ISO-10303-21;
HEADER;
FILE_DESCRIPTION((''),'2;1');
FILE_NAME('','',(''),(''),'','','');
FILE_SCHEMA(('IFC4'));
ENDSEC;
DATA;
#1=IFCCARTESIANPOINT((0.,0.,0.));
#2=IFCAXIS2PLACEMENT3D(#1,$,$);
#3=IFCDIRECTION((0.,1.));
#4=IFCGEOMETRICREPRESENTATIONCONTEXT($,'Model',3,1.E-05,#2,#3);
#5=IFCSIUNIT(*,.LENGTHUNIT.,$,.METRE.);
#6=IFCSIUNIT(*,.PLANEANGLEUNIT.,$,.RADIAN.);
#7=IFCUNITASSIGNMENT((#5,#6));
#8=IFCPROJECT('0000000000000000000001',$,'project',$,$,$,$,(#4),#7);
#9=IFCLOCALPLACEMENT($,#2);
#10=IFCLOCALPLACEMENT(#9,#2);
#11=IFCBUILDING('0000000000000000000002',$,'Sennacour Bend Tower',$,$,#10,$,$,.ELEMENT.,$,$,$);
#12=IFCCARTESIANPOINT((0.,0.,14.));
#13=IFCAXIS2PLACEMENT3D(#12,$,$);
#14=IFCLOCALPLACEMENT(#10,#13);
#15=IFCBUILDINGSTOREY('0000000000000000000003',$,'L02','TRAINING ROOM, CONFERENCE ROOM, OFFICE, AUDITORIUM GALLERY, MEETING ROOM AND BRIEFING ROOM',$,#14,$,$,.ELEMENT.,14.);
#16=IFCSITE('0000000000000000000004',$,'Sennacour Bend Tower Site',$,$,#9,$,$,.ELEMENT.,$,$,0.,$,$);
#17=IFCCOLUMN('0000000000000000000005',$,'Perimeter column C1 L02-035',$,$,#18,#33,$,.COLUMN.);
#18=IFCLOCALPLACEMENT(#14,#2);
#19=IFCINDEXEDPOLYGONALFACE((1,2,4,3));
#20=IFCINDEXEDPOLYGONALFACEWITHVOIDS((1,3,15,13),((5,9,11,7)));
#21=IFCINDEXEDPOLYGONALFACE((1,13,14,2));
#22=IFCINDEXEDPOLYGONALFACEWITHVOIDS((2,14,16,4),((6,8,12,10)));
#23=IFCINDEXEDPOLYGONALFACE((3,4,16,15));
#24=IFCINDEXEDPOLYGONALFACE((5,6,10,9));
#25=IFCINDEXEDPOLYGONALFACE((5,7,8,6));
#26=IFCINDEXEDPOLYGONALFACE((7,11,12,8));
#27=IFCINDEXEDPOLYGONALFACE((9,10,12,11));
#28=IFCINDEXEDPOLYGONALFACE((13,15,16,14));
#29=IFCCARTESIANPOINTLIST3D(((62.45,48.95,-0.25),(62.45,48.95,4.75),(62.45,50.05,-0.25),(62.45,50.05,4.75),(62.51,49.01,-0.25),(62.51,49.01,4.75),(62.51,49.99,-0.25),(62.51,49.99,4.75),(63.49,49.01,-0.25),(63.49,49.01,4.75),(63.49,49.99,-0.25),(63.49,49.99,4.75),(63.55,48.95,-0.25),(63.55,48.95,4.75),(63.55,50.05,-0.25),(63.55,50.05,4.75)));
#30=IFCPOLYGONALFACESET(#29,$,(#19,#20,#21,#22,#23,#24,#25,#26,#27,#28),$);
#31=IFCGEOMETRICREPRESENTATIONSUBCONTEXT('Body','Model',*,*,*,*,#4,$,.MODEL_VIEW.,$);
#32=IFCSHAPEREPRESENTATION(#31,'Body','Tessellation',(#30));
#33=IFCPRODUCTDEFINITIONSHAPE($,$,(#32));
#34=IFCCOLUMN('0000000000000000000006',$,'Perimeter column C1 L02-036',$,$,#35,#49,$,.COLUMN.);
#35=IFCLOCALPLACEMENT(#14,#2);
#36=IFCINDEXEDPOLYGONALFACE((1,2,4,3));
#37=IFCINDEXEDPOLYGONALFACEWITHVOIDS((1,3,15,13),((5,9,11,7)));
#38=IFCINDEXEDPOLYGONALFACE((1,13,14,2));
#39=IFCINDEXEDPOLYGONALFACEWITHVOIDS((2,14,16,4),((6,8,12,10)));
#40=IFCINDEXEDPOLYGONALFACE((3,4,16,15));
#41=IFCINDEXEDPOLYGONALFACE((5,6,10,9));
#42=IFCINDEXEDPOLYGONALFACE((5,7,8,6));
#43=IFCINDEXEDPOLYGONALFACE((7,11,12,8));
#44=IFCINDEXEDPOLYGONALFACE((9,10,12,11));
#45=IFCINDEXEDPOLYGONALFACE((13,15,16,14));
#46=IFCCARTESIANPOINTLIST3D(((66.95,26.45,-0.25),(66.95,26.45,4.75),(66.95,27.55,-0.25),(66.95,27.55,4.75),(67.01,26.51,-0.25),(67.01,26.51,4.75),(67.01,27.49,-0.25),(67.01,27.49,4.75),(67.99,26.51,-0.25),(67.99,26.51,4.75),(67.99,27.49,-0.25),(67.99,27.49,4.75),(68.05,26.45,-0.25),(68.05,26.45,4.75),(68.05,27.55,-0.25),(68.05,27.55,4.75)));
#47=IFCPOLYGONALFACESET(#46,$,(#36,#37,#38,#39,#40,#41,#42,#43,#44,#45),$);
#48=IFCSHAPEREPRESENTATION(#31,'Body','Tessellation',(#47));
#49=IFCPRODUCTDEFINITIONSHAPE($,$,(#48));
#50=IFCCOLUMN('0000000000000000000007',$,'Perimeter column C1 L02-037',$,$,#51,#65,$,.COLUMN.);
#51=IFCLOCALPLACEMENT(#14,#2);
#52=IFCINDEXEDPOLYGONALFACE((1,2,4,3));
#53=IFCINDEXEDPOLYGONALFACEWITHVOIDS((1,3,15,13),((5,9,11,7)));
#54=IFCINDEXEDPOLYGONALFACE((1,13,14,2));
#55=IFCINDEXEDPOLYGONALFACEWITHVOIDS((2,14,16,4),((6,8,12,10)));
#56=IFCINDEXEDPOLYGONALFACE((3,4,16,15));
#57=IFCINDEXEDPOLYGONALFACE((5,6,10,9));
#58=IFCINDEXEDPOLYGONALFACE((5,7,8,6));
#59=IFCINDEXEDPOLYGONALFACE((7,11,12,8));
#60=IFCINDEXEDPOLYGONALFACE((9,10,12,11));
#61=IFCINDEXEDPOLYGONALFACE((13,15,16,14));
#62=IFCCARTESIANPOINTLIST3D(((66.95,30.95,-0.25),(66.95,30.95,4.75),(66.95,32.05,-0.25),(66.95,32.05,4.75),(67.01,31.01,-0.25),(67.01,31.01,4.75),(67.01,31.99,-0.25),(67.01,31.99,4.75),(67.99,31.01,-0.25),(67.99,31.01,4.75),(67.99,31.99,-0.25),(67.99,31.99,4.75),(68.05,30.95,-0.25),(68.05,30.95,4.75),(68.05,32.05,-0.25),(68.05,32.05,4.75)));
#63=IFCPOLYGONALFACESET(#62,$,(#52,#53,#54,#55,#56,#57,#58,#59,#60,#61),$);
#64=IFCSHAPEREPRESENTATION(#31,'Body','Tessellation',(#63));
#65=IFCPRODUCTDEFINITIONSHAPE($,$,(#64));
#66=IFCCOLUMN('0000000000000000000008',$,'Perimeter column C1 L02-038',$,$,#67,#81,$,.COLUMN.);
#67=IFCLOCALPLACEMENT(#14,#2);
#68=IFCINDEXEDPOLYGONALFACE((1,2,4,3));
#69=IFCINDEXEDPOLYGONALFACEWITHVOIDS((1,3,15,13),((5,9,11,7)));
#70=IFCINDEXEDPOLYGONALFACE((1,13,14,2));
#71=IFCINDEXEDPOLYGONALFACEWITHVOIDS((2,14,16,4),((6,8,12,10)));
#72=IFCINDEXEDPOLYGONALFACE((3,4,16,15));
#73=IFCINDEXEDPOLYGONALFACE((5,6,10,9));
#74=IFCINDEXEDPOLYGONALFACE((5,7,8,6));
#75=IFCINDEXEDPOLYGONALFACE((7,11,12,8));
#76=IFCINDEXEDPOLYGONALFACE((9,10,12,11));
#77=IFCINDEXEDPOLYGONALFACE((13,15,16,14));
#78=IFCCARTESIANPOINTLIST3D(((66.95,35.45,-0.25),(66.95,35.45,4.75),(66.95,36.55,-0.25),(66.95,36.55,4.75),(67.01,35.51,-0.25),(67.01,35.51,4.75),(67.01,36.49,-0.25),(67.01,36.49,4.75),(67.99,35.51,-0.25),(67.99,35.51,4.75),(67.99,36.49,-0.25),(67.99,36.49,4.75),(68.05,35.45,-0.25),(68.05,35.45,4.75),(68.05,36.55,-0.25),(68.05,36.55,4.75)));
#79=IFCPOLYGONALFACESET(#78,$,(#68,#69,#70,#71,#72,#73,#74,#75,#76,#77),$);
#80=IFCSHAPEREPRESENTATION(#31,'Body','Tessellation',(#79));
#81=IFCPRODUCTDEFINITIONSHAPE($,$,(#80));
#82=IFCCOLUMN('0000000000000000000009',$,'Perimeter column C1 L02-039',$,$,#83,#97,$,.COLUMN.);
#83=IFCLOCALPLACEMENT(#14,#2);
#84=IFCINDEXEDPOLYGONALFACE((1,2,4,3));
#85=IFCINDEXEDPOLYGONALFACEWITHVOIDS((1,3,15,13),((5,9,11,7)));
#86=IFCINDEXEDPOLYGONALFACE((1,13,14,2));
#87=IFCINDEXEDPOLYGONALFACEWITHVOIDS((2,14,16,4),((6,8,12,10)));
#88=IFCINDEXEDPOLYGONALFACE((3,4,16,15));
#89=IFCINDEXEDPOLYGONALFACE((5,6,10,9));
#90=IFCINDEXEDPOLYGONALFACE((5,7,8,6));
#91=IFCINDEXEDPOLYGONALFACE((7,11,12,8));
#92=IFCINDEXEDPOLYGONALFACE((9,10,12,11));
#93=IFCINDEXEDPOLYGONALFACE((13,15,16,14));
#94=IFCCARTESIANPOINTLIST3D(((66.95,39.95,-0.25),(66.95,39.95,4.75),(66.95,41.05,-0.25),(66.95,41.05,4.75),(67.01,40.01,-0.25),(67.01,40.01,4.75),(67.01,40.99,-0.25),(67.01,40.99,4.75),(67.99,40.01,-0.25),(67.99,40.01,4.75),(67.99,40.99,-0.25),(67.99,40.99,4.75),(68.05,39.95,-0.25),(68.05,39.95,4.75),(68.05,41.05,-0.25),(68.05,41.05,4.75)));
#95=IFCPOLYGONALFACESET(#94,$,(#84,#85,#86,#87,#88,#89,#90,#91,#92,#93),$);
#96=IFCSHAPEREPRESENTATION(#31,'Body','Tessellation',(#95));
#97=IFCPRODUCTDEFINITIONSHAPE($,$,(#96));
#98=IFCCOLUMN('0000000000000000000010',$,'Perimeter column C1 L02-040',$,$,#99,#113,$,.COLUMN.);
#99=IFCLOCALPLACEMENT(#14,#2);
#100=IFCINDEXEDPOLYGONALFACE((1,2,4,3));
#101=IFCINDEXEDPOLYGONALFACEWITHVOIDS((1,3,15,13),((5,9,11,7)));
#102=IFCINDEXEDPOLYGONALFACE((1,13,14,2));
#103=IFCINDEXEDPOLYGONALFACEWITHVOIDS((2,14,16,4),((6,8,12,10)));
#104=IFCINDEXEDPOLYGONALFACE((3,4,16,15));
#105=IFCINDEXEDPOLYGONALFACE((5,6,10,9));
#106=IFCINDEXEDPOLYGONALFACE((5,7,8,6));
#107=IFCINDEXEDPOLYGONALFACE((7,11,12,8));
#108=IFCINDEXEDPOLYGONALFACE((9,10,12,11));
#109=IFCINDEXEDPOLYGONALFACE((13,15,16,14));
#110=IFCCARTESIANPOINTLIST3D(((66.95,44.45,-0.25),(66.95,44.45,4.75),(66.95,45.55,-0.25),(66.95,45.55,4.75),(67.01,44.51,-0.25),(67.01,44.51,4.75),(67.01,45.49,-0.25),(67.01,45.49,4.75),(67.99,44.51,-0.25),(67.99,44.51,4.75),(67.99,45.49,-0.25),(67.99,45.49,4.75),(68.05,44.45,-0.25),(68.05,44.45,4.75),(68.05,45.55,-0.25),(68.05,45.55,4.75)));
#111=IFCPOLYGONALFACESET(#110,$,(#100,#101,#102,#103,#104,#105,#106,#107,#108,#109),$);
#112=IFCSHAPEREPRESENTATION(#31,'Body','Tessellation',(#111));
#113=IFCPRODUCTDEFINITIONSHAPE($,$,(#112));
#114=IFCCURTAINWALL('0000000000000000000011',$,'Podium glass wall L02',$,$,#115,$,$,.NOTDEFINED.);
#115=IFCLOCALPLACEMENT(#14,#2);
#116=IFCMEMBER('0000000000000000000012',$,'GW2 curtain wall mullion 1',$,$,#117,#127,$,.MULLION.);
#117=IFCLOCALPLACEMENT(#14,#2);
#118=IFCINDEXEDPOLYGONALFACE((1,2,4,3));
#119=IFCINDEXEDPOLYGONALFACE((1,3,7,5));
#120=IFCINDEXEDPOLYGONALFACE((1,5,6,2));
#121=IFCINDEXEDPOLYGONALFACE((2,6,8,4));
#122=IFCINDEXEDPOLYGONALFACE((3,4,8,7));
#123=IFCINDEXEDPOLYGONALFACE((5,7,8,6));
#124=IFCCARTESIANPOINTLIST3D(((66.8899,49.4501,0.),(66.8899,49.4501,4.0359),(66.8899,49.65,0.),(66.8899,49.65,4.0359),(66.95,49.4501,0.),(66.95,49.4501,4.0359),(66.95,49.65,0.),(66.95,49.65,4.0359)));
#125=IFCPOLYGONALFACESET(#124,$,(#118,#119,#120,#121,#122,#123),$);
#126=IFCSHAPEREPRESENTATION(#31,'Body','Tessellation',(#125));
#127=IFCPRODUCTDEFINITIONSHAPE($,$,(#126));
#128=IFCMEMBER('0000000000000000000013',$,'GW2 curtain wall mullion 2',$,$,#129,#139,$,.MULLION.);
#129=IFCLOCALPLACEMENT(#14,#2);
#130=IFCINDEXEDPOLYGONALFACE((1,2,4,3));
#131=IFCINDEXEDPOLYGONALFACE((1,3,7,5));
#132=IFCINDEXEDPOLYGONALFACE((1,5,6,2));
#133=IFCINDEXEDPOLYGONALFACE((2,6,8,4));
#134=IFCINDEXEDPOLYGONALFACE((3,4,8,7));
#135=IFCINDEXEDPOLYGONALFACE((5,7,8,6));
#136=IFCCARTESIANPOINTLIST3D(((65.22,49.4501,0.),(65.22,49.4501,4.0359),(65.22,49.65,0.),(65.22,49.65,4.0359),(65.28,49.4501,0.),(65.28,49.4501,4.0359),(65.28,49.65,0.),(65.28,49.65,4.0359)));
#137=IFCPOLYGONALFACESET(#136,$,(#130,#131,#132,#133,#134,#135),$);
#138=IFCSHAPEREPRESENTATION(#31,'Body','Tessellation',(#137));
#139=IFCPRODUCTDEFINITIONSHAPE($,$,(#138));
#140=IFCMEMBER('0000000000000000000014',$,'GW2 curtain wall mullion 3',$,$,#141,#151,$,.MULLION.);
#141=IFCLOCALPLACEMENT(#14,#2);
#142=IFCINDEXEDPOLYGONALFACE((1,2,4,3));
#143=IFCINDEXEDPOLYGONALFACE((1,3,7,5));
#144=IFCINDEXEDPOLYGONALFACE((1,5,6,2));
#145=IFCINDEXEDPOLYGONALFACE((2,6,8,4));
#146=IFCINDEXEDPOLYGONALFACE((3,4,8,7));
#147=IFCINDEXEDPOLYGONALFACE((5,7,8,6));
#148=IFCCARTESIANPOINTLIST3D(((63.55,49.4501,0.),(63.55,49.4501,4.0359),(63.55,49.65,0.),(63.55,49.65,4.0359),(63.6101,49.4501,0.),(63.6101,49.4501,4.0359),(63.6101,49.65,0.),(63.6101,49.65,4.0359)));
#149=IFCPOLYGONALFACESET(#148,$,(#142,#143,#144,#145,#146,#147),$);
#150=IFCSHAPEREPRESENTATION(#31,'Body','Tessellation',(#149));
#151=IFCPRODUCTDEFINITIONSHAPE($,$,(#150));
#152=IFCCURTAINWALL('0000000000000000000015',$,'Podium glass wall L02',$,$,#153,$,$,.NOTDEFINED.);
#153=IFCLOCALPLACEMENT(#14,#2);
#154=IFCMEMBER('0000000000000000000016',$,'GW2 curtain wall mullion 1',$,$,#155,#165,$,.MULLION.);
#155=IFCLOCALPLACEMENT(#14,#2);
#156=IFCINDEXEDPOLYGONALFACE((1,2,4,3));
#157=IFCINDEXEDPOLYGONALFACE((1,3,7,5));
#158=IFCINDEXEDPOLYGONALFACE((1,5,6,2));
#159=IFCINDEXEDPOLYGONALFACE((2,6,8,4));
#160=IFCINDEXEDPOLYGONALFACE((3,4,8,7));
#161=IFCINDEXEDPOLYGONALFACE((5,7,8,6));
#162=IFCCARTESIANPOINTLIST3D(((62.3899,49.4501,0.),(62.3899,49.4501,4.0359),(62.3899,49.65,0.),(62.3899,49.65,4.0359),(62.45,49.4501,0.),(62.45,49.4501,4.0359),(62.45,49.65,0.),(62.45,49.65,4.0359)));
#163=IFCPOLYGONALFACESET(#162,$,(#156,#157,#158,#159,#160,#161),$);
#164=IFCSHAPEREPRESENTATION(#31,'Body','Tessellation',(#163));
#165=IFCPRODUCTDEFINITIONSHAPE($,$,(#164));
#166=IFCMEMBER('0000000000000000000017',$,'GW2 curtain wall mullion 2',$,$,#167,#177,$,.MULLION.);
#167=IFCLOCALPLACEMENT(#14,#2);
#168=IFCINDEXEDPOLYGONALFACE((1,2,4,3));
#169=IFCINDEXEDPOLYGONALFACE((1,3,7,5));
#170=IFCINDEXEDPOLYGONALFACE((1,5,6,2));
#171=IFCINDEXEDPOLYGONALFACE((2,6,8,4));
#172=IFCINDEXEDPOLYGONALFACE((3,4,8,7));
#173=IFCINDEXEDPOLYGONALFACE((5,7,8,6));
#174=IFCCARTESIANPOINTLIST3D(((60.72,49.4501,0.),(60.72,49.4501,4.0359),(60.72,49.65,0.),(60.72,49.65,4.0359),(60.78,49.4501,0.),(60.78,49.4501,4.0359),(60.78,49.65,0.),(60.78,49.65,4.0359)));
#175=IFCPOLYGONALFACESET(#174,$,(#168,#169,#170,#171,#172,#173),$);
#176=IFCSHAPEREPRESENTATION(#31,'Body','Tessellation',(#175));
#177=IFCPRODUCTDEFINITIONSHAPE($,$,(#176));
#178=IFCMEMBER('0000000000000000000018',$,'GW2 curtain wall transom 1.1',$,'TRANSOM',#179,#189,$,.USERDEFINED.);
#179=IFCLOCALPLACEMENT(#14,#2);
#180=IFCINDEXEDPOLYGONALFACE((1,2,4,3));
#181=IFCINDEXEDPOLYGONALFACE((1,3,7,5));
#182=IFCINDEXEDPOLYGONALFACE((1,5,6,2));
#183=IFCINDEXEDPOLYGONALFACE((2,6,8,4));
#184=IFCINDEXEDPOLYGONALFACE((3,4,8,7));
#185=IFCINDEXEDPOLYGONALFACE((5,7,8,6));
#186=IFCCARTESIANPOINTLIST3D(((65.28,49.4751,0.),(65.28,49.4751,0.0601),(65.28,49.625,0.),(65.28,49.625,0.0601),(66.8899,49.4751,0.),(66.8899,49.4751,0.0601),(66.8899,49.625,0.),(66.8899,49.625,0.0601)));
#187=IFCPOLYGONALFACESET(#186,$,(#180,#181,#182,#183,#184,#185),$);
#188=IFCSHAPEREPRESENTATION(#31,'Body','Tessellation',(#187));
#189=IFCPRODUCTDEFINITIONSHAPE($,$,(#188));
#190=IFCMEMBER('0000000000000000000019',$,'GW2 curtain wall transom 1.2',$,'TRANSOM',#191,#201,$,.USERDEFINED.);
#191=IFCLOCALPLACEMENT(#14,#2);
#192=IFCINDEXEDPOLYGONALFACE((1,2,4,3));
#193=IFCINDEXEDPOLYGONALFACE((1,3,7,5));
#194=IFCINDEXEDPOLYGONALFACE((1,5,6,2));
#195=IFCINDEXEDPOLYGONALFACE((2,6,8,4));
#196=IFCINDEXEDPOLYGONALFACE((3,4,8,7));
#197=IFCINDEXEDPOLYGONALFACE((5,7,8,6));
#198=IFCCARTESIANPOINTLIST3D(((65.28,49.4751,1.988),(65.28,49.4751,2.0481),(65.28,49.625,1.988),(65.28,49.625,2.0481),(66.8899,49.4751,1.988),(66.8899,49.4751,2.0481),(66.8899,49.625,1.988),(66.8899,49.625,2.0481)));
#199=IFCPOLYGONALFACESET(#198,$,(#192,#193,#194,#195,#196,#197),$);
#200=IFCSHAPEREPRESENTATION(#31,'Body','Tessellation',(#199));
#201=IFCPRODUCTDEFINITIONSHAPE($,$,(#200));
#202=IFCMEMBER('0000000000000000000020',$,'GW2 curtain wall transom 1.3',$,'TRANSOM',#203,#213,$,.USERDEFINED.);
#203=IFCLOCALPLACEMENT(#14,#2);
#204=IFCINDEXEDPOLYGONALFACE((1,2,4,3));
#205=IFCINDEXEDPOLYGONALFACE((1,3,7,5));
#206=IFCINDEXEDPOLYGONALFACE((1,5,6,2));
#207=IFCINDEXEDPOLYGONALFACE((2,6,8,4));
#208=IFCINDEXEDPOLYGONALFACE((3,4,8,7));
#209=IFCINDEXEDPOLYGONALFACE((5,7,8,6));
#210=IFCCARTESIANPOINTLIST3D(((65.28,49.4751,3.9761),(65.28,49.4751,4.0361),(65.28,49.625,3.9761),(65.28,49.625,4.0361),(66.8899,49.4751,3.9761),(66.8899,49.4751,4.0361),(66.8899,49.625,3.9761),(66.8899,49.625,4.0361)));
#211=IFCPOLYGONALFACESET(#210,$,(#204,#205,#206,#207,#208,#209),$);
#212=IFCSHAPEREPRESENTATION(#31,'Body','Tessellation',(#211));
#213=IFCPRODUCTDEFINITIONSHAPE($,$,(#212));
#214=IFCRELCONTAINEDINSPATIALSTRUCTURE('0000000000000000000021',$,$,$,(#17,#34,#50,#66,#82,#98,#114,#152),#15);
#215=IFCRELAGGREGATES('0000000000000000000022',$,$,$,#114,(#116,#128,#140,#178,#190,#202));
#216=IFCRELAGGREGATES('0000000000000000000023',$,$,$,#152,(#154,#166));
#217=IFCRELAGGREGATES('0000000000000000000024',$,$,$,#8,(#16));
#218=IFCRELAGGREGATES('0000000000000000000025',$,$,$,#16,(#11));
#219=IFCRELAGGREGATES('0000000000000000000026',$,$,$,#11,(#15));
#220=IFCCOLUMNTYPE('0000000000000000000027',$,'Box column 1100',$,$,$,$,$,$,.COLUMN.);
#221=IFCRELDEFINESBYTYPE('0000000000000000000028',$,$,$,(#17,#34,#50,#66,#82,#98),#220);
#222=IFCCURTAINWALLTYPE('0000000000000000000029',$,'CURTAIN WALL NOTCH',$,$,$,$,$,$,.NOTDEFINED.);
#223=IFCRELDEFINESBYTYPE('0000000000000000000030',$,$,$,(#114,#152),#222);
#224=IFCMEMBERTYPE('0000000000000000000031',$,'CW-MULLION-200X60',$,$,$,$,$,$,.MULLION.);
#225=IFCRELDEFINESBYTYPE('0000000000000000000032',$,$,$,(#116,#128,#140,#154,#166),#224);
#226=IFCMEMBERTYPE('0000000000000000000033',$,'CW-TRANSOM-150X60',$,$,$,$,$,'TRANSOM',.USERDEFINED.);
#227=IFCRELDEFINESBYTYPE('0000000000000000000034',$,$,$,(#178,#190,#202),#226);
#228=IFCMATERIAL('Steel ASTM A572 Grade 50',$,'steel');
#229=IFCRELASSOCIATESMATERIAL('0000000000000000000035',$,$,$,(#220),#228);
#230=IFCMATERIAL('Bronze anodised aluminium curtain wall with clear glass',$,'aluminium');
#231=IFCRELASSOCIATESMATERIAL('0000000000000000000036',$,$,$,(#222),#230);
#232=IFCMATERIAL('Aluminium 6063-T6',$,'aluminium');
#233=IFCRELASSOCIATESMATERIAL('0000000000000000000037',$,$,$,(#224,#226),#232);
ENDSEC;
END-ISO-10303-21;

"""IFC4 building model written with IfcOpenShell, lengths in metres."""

from ifc_helpers import new_model, si_unit, direction, frame, origin, origin_2d, place, context, subcontext, project, spatial, rectangle, hollow_rectangle, extrude, material, material_profile, profile_set, type_object, element, aggregate, save


model = new_model("IFC4")

# Units and contexts
model_context = context("Model", 3, precision=1e-05, world=origin(), true_north=direction((0.0, 1.0)))
body_context = subcontext(model_context, "Body", "Model", "MODEL_VIEW")
ifc_project = project(units=[si_unit("LENGTHUNIT", "METRE"), si_unit("PLANEANGLEUNIT", "RADIAN")], contexts=[model_context])

# Site, building, storey
site_placement = place(None, origin())
site = spatial("IfcSite", under=ifc_project, at=site_placement, Name="Sennacour Bend Tower Site", CompositionType="ELEMENT", RefElevation=0.0)
building_placement = place(site_placement, origin())
building = spatial("IfcBuilding", under=site, at=building_placement, Name="Sennacour Bend Tower", CompositionType="ELEMENT")
storey_placement = place(building_placement, frame((0.0, 0.0, 14.0)))
storey = spatial("IfcBuildingStorey", under=building, at=storey_placement, Name="L02", Description="TRAINING ROOM, CONFERENCE ROOM, OFFICE, AUDITORIUM GALLERY, MEETING ROOM AND BRIEFING ROOM", CompositionType="ELEMENT", Elevation=14.0)

# Columns
ifc_material_1 = material(Name="Steel ASTM A572 Grade 50", Category="steel")
ifc_material_profile_1 = material_profile(ifc_material_1, hollow_rectangle(XDim=1.1001, YDim=1.1001, WallThickness=0.0601, at=origin_2d()), Name="Steel ASTM A572 Grade 50", Category="steel")
ifc_profile_set_1 = profile_set([ifc_material_profile_1], Name="Steel ASTM A572 Grade 50")
column_type = type_object("IfcColumnType", Name="Box column 1100", PredefinedType="COLUMN", material=ifc_profile_set_1)
for number, where, z_axis, x_axis, name in (
    (1, (63.0, 49.5, -0.25), (0.0, 0.0, 1.0), (1.0, 0.0, 0.0), "Perimeter column C1 L02-035"),
    (2, (67.5, 27.0, -0.25), (0.0, 0.0, 1.0), (1.0, 0.0, 0.0), "Perimeter column C1 L02-036"),
    (3, (67.5, 31.5, -0.25), (0.0, 0.0, 1.0), (1.0, 0.0, 0.0), "Perimeter column C1 L02-037"),
    (4, (67.5, 36.0, -0.25), (0.0, 0.0, 1.0), (1.0, 0.0, 0.0), "Perimeter column C1 L02-038"),
    (5, (67.5, 40.5, -0.25), (0.0, 0.0, 1.0), (1.0, 0.0, 0.0), "Perimeter column C1 L02-039"),
    (6, (67.5, 45.0, -0.25), (0.0, 0.0, 1.0), (1.0, 0.0, 0.0), "Perimeter column C1 L02-040"),
):
    element("IfcColumn", number, at=place(storey_placement, frame(where, z_axis=z_axis, x_axis=x_axis)), inside=storey, type_object=column_type, Name=name, PredefinedType="COLUMN", context=body_context, shape_type="SweptSolid", body=[
        extrude(hollow_rectangle(XDim=1.1001, YDim=1.1001, WallThickness=0.0601, at=origin_2d()), origin(), (0.0, 0.0, 1.0), 5.0),
    ])

# Curtain walls, members
ifc_material_2 = material(Name="Bronze anodised aluminium curtain wall with clear glass", Category="aluminium")
curtain_wall_type = type_object("IfcCurtainWallType", Name="CURTAIN WALL NOTCH", PredefinedType="NOTDEFINED", material=ifc_material_2)
curtain_wall_1_placement = place(storey_placement, origin())
curtain_wall_1 = element("IfcCurtainWall", 7, at=curtain_wall_1_placement, inside=storey, type_object=curtain_wall_type, Name="Podium glass wall L02", PredefinedType="NOTDEFINED")
ifc_material_3 = material(Name="Aluminium 6063-T6", Category="aluminium")
ifc_material_profile_2 = material_profile(ifc_material_3, rectangle(XDim=0.2, YDim=0.0601, at=origin_2d()), Name="Aluminium 6063-T6", Category="aluminium")
ifc_profile_set_2 = profile_set([ifc_material_profile_2], Name="Aluminium 6063-T6")
member_type_1 = type_object("IfcMemberType", Name="CW-MULLION-200X60", PredefinedType="MULLION", material=ifc_profile_set_2)
member_1_placement = place(storey_placement, frame((66.9199, 49.55, 0.0), z_axis=(0.0, 0.0, 1.0), x_axis=(0.0, -1.0, 0.0)))
member_1 = element("IfcMember", 8, at=member_1_placement, type_object=member_type_1, Name="GW2 curtain wall mullion 1", PredefinedType="MULLION", context=body_context, shape_type="SweptSolid", body=[
    extrude(rectangle(XDim=0.2, YDim=0.0601, at=origin_2d()), origin(), (0.0, 0.0, 1.0), 4.0359),
])
member_2_placement = place(storey_placement, frame((65.25, 49.55, 0.0), z_axis=(0.0, 0.0, 1.0), x_axis=(0.0, -1.0, 0.0)))
member_2 = element("IfcMember", 9, at=member_2_placement, type_object=member_type_1, Name="GW2 curtain wall mullion 2", PredefinedType="MULLION", context=body_context, shape_type="SweptSolid", body=[
    extrude(rectangle(XDim=0.2, YDim=0.0601, at=origin_2d()), origin(), (0.0, 0.0, 1.0), 4.0359),
])
member_3_placement = place(storey_placement, frame((63.5801, 49.55, 0.0), z_axis=(0.0, 0.0, 1.0), x_axis=(0.0, -1.0, 0.0)))
member_3 = element("IfcMember", 10, at=member_3_placement, type_object=member_type_1, Name="GW2 curtain wall mullion 3", PredefinedType="MULLION", context=body_context, shape_type="SweptSolid", body=[
    extrude(rectangle(XDim=0.2, YDim=0.0601, at=origin_2d()), origin(), (0.0, 0.0, 1.0), 4.0359),
])
curtain_wall_2_placement = place(storey_placement, origin())
curtain_wall_2 = element("IfcCurtainWall", 11, at=curtain_wall_2_placement, inside=storey, type_object=curtain_wall_type, Name="Podium glass wall L02", PredefinedType="NOTDEFINED")
member_4_placement = place(storey_placement, frame((62.4199, 49.55, 0.0), z_axis=(0.0, 0.0, 1.0), x_axis=(0.0, -1.0, 0.0)))
member_4 = element("IfcMember", 12, at=member_4_placement, type_object=member_type_1, Name="GW2 curtain wall mullion 1", PredefinedType="MULLION", context=body_context, shape_type="SweptSolid", body=[
    extrude(rectangle(XDim=0.2, YDim=0.0601, at=origin_2d()), origin(), (0.0, 0.0, 1.0), 4.0359),
])
member_5_placement = place(storey_placement, frame((60.75, 49.55, 0.0), z_axis=(0.0, 0.0, 1.0), x_axis=(0.0, -1.0, 0.0)))
member_5 = element("IfcMember", 13, at=member_5_placement, type_object=member_type_1, Name="GW2 curtain wall mullion 2", PredefinedType="MULLION", context=body_context, shape_type="SweptSolid", body=[
    extrude(rectangle(XDim=0.2, YDim=0.0601, at=origin_2d()), origin(), (0.0, 0.0, 1.0), 4.0359),
])

# Members
ifc_material_profile_3 = material_profile(ifc_material_3, rectangle(XDim=0.1499, YDim=0.0601, at=origin_2d()), Name="Aluminium 6063-T6", Category="aluminium")
ifc_profile_set_3 = profile_set([ifc_material_profile_3], Name="Aluminium 6063-T6")
member_type_2 = type_object("IfcMemberType", Name="CW-TRANSOM-150X60", ElementType="TRANSOM", PredefinedType="USERDEFINED", material=ifc_profile_set_3)
member_6_placement = place(storey_placement, frame((66.8899, 49.55, 0.03), z_axis=(-1.0, 0.0, 0.0), x_axis=(0.0, -1.0, 0.0)))
member_6 = element("IfcMember", 14, at=member_6_placement, type_object=member_type_2, Name="GW2 curtain wall transom 1.1", ObjectType="TRANSOM", PredefinedType="USERDEFINED", context=body_context, shape_type="SweptSolid", body=[
    extrude(rectangle(XDim=0.1499, YDim=0.0601, at=origin_2d()), origin(), (0.0, 0.0, 1.0), 1.6099),
])
member_7_placement = place(storey_placement, frame((66.8899, 49.55, 2.0181), z_axis=(-1.0, 0.0, 0.0), x_axis=(0.0, -1.0, 0.0)))
member_7 = element("IfcMember", 15, at=member_7_placement, type_object=member_type_2, Name="GW2 curtain wall transom 1.2", ObjectType="TRANSOM", PredefinedType="USERDEFINED", context=body_context, shape_type="SweptSolid", body=[
    extrude(rectangle(XDim=0.1499, YDim=0.0601, at=origin_2d()), origin(), (0.0, 0.0, 1.0), 1.6099),
])
member_8_placement = place(storey_placement, frame((66.8899, 49.55, 4.0061), z_axis=(-1.0, 0.0, 0.0), x_axis=(0.0, -1.0, 0.0)))
member_8 = element("IfcMember", 16, at=member_8_placement, type_object=member_type_2, Name="GW2 curtain wall transom 1.3", ObjectType="TRANSOM", PredefinedType="USERDEFINED", context=body_context, shape_type="SweptSolid", body=[
    extrude(rectangle(XDim=0.1499, YDim=0.0601, at=origin_2d()), origin(), (0.0, 0.0, 1.0), 1.6099),
])

aggregate(curtain_wall_1, [member_1, member_2, member_3, member_6, member_7, member_8])
aggregate(curtain_wall_2, [member_4, member_5])

save(model, "model.ifc")
